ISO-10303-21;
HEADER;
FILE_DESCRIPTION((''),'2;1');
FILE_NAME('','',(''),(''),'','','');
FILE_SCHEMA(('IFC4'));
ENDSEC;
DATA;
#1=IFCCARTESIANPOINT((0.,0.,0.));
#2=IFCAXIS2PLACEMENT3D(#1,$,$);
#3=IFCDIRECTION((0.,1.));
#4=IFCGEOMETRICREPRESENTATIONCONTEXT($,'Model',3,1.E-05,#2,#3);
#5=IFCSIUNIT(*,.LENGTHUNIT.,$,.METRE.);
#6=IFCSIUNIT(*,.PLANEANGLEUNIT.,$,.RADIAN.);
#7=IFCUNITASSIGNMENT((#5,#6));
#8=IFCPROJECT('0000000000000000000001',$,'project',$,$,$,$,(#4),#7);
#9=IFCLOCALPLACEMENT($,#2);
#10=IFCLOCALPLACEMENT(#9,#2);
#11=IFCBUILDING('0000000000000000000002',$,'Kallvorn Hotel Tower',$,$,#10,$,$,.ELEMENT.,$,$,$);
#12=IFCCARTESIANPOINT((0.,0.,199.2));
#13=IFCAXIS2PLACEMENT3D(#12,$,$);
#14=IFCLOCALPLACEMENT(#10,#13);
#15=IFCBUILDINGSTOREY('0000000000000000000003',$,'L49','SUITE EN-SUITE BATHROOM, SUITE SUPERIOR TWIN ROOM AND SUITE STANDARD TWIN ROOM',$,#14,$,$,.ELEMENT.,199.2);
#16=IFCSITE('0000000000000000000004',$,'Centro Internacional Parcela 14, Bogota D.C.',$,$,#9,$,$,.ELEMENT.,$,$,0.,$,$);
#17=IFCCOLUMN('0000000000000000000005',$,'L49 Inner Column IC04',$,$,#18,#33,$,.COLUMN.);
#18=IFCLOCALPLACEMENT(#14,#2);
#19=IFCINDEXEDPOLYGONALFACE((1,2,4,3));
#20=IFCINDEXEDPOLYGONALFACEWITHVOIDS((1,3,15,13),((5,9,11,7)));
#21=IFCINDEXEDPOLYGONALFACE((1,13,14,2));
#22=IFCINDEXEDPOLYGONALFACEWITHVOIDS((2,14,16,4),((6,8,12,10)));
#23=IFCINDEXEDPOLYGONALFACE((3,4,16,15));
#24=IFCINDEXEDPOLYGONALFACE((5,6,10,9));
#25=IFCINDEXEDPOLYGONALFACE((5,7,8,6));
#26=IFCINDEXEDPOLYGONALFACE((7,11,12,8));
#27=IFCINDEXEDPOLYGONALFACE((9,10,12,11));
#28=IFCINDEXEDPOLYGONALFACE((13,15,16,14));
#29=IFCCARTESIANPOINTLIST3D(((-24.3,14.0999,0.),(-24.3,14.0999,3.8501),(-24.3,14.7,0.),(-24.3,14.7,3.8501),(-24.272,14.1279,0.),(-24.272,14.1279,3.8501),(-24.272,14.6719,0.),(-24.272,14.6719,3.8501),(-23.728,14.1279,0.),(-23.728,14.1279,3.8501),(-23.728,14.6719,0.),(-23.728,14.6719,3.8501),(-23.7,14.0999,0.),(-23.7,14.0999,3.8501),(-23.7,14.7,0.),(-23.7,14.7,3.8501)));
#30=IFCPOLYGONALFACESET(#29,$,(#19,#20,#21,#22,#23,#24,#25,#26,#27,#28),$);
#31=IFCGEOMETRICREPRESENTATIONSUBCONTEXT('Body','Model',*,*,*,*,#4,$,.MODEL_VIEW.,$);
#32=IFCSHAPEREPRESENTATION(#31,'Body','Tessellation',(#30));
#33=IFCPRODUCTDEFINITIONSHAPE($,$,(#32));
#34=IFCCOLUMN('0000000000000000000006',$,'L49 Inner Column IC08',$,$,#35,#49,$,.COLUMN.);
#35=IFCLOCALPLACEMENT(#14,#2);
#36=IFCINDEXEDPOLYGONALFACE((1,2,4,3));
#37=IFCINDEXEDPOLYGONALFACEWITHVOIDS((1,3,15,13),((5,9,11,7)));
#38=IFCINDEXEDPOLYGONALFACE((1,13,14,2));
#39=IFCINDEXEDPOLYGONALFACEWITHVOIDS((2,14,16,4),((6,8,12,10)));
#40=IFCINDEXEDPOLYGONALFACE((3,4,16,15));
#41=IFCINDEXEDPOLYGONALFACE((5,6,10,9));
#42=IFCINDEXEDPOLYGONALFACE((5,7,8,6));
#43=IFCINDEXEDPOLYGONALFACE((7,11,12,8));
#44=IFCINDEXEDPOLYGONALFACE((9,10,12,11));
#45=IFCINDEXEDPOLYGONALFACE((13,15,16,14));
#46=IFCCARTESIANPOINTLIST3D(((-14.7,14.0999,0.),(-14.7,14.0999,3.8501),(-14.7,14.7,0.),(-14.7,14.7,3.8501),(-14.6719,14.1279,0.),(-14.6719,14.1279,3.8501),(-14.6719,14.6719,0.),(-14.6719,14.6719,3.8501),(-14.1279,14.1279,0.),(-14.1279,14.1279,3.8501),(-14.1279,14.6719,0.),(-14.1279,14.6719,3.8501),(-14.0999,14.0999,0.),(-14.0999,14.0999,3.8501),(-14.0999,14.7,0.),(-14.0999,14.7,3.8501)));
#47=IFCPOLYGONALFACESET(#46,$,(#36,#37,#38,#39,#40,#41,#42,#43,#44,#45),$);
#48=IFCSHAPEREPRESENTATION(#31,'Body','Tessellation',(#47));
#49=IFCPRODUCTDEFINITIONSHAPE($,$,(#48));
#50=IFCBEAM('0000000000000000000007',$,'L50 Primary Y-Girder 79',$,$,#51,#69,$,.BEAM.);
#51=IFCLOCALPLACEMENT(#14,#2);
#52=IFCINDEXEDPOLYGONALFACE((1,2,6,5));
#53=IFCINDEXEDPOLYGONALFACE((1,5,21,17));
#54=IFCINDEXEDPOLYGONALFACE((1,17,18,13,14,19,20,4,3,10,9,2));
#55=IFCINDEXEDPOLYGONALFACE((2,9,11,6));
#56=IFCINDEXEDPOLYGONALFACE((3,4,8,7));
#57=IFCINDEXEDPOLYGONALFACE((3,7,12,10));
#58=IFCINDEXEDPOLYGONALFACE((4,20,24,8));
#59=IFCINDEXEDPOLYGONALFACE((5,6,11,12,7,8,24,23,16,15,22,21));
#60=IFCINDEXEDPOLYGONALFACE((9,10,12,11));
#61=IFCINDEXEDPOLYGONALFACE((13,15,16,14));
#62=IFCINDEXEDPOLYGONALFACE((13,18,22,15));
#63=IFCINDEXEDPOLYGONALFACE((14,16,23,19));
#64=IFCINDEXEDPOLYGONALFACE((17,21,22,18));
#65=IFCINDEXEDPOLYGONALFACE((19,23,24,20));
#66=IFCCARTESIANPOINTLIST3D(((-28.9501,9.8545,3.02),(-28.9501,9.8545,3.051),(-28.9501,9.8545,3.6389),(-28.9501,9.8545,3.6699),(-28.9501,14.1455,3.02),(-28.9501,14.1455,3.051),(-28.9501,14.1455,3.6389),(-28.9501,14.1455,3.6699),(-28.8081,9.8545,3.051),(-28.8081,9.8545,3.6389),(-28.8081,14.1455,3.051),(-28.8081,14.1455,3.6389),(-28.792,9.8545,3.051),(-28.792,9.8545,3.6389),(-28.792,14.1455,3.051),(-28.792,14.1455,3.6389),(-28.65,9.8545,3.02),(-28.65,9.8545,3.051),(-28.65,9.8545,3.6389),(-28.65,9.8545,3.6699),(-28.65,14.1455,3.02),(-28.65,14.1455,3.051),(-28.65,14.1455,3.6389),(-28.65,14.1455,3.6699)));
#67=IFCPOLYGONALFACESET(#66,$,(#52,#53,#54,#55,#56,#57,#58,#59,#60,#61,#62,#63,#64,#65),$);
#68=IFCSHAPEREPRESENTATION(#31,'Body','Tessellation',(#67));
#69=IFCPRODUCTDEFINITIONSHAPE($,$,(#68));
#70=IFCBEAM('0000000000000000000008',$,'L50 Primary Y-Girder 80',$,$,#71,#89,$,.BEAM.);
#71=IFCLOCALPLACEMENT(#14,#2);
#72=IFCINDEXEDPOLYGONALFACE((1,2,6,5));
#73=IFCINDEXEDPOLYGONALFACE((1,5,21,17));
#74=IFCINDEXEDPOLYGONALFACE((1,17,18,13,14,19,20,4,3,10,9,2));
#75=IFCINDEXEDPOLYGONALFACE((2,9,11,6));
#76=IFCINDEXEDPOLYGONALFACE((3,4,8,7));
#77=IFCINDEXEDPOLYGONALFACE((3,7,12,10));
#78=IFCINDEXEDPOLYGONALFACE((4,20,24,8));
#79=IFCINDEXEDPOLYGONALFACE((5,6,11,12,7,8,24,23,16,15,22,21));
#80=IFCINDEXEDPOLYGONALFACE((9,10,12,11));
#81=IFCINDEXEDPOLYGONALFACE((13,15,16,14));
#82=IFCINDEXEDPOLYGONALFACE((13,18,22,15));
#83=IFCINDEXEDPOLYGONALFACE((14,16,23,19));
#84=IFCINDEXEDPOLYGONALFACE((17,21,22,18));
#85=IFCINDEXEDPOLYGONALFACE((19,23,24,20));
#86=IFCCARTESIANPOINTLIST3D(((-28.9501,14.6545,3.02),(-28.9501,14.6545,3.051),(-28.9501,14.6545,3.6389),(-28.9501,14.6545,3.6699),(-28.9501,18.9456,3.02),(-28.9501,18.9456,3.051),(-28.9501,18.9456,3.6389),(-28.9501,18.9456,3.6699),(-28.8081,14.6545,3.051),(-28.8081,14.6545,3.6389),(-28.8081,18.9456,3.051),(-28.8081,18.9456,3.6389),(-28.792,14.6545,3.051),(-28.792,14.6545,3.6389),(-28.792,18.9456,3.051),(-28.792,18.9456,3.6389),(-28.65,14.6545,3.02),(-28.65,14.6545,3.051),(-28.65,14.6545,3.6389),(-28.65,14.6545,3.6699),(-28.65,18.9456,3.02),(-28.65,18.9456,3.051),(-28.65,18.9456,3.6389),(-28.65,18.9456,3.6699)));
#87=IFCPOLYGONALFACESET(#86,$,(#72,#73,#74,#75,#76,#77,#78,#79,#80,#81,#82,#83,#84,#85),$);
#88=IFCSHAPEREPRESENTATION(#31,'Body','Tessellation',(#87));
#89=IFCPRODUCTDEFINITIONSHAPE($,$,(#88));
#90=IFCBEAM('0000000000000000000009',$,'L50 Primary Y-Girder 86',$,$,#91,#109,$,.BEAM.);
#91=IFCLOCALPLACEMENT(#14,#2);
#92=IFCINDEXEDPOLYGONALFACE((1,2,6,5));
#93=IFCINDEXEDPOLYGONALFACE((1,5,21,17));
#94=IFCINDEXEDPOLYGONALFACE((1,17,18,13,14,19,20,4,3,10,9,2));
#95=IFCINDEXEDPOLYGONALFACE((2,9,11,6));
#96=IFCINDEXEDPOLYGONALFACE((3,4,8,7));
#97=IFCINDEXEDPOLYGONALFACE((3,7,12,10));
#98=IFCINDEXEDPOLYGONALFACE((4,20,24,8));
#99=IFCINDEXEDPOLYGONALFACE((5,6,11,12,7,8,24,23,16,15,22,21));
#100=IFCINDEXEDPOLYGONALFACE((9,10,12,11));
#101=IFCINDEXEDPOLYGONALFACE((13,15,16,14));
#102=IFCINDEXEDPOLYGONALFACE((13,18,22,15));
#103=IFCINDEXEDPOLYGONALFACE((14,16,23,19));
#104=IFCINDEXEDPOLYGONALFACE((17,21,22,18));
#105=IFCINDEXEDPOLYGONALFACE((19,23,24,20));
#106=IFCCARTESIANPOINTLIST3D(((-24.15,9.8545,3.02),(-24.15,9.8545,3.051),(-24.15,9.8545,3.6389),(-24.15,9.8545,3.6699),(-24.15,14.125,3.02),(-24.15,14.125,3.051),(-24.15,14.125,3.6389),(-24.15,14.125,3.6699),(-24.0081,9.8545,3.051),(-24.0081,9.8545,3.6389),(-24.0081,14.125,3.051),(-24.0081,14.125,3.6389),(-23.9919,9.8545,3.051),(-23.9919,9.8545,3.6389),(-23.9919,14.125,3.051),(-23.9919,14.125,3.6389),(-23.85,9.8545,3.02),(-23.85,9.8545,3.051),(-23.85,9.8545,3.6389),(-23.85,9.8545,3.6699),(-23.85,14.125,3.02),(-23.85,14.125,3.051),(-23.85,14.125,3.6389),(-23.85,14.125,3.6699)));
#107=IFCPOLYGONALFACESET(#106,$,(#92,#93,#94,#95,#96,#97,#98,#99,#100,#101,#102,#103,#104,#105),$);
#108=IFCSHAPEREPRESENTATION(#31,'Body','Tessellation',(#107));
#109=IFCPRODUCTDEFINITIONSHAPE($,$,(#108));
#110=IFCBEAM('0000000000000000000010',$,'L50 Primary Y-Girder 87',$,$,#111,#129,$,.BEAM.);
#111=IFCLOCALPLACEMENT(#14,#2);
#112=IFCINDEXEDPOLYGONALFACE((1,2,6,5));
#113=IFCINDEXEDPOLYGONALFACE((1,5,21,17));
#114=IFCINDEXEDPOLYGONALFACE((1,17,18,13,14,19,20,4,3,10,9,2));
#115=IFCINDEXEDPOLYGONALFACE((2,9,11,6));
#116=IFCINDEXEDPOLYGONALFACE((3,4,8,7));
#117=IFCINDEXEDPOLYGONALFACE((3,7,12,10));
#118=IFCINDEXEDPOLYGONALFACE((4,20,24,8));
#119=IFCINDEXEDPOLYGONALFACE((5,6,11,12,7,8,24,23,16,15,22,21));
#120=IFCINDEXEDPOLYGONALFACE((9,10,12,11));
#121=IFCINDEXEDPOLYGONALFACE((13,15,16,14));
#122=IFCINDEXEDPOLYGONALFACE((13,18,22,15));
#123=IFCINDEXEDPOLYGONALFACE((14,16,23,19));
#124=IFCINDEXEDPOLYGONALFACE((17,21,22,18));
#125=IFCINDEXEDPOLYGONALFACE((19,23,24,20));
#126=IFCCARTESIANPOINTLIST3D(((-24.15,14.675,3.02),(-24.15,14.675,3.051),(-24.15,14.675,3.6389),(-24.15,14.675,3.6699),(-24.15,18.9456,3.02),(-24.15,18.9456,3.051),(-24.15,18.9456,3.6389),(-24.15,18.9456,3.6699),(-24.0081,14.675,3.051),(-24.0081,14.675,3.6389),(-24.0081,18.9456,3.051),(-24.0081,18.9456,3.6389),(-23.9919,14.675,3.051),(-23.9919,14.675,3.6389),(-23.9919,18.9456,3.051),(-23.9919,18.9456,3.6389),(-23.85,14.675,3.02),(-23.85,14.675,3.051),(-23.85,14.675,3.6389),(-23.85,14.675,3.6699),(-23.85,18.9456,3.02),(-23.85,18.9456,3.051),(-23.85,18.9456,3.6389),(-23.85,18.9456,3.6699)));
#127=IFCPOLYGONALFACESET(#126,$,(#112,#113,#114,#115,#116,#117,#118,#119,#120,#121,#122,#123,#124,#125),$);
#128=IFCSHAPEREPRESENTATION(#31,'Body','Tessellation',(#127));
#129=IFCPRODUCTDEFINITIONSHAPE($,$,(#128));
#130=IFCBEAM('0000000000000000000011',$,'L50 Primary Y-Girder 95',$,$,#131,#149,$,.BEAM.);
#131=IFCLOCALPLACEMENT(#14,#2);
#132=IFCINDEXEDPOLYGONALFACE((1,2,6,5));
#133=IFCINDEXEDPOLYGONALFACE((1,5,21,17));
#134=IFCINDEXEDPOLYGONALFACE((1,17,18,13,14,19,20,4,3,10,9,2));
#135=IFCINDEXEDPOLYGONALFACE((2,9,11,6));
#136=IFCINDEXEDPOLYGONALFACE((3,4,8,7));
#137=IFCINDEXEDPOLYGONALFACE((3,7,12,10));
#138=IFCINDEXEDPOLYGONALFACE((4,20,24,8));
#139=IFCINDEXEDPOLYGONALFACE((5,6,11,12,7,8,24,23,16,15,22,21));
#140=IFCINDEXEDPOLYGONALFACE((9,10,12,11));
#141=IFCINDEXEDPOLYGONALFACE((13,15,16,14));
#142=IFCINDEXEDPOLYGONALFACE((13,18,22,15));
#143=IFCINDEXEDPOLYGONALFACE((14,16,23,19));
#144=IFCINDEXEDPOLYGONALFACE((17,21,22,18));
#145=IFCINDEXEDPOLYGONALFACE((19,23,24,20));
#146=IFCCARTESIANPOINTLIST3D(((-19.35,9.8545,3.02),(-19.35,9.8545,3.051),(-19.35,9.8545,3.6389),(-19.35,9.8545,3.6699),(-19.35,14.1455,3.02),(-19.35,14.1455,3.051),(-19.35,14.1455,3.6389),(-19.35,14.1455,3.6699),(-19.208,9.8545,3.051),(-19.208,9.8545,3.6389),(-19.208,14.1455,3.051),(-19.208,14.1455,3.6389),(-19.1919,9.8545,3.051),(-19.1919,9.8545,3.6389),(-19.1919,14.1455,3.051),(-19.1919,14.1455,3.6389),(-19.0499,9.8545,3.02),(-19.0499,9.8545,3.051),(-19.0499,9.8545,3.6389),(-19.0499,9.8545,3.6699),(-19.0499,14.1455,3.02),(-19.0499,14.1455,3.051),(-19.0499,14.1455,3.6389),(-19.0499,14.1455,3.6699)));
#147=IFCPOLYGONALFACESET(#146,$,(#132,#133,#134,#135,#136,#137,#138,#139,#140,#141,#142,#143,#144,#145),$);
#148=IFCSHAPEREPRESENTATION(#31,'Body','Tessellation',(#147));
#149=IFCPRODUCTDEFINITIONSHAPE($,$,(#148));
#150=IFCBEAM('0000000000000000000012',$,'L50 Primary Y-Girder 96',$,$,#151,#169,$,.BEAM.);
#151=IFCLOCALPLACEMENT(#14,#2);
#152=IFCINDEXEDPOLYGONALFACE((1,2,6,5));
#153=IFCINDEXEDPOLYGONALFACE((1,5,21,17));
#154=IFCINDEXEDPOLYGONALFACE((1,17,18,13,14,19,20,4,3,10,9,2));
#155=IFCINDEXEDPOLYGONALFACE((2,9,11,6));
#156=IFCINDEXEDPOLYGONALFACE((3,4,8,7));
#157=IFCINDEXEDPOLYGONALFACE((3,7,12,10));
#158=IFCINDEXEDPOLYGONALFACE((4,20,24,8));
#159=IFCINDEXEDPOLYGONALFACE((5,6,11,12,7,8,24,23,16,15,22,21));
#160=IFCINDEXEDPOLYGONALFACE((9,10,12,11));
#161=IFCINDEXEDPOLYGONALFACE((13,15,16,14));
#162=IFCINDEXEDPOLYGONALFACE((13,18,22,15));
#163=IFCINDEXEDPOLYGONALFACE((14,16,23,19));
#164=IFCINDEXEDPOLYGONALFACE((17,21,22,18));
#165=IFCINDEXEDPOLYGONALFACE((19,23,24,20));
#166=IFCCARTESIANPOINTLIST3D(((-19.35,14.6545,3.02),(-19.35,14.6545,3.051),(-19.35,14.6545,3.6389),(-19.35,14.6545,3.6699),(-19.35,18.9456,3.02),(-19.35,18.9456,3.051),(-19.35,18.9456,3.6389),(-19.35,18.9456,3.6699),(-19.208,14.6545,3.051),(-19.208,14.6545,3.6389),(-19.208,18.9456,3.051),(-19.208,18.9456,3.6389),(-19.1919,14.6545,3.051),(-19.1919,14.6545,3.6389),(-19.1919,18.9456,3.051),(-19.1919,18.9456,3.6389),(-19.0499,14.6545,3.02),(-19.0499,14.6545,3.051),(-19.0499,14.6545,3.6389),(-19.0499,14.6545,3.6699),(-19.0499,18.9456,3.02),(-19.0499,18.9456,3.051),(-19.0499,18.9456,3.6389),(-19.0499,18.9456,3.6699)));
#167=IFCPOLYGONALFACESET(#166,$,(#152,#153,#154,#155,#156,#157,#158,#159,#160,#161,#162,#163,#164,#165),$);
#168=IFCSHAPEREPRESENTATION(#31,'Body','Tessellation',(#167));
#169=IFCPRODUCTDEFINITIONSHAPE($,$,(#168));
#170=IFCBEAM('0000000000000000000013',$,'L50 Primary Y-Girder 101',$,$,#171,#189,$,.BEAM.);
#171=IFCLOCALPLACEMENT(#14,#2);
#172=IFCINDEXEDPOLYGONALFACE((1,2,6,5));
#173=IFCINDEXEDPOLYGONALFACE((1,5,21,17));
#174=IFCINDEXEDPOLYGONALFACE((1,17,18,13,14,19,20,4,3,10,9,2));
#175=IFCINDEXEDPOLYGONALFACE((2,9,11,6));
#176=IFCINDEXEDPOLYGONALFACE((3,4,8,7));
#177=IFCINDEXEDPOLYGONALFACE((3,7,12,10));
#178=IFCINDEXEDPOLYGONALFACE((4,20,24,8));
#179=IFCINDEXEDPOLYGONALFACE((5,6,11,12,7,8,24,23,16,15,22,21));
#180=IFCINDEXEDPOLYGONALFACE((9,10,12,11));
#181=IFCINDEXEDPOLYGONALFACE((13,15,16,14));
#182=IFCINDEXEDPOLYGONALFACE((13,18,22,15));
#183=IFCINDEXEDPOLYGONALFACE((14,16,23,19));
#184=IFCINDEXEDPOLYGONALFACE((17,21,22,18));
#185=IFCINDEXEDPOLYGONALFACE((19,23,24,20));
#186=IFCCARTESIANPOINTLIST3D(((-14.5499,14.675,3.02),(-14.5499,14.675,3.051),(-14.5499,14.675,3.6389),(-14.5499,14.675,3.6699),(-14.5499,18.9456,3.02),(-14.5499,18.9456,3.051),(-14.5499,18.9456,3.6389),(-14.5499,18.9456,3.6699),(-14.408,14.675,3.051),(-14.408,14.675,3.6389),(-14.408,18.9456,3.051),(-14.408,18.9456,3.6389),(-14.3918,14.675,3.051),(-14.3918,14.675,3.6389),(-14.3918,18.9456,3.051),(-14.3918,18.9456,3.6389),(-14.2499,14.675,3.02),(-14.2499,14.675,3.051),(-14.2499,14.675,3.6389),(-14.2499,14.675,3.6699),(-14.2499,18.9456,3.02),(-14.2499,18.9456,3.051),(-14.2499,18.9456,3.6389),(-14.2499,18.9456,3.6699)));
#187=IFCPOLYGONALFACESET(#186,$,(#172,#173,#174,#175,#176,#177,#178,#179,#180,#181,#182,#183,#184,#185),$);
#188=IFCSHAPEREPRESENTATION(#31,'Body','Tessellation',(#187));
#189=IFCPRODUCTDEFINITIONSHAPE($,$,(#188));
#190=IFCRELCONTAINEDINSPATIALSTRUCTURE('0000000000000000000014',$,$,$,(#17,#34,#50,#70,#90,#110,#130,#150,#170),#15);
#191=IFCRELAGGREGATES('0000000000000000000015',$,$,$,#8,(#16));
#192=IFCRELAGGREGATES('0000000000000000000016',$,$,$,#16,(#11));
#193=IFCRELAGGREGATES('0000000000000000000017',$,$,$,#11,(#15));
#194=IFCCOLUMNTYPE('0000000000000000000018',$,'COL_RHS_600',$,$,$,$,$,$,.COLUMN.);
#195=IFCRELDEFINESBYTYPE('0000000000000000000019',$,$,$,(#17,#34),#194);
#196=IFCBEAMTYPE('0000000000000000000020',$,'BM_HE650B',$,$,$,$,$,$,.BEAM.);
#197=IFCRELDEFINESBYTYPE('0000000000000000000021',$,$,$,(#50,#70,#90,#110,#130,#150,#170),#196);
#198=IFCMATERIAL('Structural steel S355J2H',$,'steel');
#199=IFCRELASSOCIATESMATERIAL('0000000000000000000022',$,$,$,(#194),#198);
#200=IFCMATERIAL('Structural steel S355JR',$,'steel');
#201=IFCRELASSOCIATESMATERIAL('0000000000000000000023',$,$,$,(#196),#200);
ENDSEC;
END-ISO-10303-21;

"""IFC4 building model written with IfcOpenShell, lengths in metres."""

from ifc_helpers import new_model, si_unit, direction, frame, origin, origin_2d, place, context, subcontext, project, spatial, hollow_rectangle, i_section, extrude, material, material_profile, profile_set, type_object, element, save


model = new_model("IFC4")

# Units and contexts
model_context = context("Model", 3, precision=1e-05, world=origin(), true_north=direction((0.0, 1.0)))
body_context = subcontext(model_context, "Body", "Model", "MODEL_VIEW")
ifc_project = project(units=[si_unit("LENGTHUNIT", "METRE"), si_unit("PLANEANGLEUNIT", "RADIAN")], contexts=[model_context])

# Site, building, storey
site_placement = place(None, origin())
site = spatial("IfcSite", under=ifc_project, at=site_placement, Name="Centro Internacional Parcela 14, Bogota D.C.", CompositionType="ELEMENT", RefElevation=0.0)
building_placement = place(site_placement, origin())
building = spatial("IfcBuilding", under=site, at=building_placement, Name="Kallvorn Hotel Tower", CompositionType="ELEMENT")
storey_placement = place(building_placement, frame((0.0, 0.0, 199.2)))
storey = spatial("IfcBuildingStorey", under=building, at=storey_placement, Name="L49", Description="SUITE EN-SUITE BATHROOM, SUITE SUPERIOR TWIN ROOM AND SUITE STANDARD TWIN ROOM", CompositionType="ELEMENT", Elevation=199.2)

# Columns
ifc_material_1 = material(Name="Structural steel S355J2H", Category="steel")
ifc_material_profile_1 = material_profile(ifc_material_1, hollow_rectangle(XDim=0.6001, YDim=0.6001, WallThickness=0.0281, at=origin_2d()), Name="RHS 600x600x28")
ifc_profile_set_1 = profile_set([ifc_material_profile_1], Name="Structural steel S355J2H")
column_type_1 = type_object("IfcColumnType", Name="COL_RHS_600", PredefinedType="COLUMN", material=ifc_profile_set_1)
for number, where, z_axis, x_axis, name in (
    (1, (-24.0, 14.3999, 0.0), (0.0, 0.0, 1.0), (1.0, 0.0, 0.0), "L49 Inner Column IC04"),
    (2, (-14.3999, 14.3999, 0.0), (0.0, 0.0, 1.0), (1.0, 0.0, 0.0), "L49 Inner Column IC08"),
):
    element("IfcColumn", number, at=place(storey_placement, frame(where, z_axis=z_axis, x_axis=x_axis)), inside=storey, type_object=column_type_1, Name=name, PredefinedType="COLUMN", context=body_context, shape_type="SweptSolid", body=[
        extrude(hollow_rectangle(XDim=0.6001, YDim=0.6001, WallThickness=0.0281, at=origin_2d()), origin(), (0.0, 0.0, 1.0), 3.8501),
    ])

# Beams
ifc_material_2 = material(Name="Structural steel S355JR", Category="steel")
ifc_material_profile_2 = material_profile(ifc_material_2, i_section(OverallWidth=0.3, OverallDepth=0.6499, WebThickness=0.0161, FlangeThickness=0.031, at=origin_2d()), Name="HE 650 B")
ifc_profile_set_2 = profile_set([ifc_material_profile_2], Name="Structural steel S355JR")
beam_type_1 = type_object("IfcBeamType", Name="BM_HE650B", PredefinedType="BEAM", material=ifc_profile_set_2)
for number, where, z_axis, x_axis, name in (
    (3, (-28.8, 9.8545, 3.345), (0.0, 1.0, 0.0), (-1.0, 0.0, 0.0), "L50 Primary Y-Girder 79"),
    (4, (-28.8, 14.6545, 3.345), (0.0, 1.0, 0.0), (-1.0, 0.0, 0.0), "L50 Primary Y-Girder 80"),
):
    element("IfcBeam", number, at=place(storey_placement, frame(where, z_axis=z_axis, x_axis=x_axis)), inside=storey, type_object=beam_type_1, Name=name, PredefinedType="BEAM", context=body_context, shape_type="SweptSolid", body=[
        extrude(i_section(OverallWidth=0.3, OverallDepth=0.6499, WebThickness=0.0161, FlangeThickness=0.031, at=origin_2d()), origin(), (0.0, 0.0, 1.0), 4.291),
    ])
for number, where, z_axis, x_axis, name in (
    (5, (-24.0, 9.8545, 3.345), (0.0, 1.0, 0.0), (-1.0, 0.0, 0.0), "L50 Primary Y-Girder 86"),
    (6, (-24.0, 14.675, 3.345), (0.0, 1.0, 0.0), (-1.0, 0.0, 0.0), "L50 Primary Y-Girder 87"),
):
    element("IfcBeam", number, at=place(storey_placement, frame(where, z_axis=z_axis, x_axis=x_axis)), inside=storey, type_object=beam_type_1, Name=name, PredefinedType="BEAM", context=body_context, shape_type="SweptSolid", body=[
        extrude(i_section(OverallWidth=0.3, OverallDepth=0.6499, WebThickness=0.0161, FlangeThickness=0.031, at=origin_2d()), origin(), (0.0, 0.0, 1.0), 4.2705),
    ])
for number, where, z_axis, x_axis, name in (
    (7, (-19.2, 9.8545, 3.345), (0.0, 1.0, 0.0), (-1.0, 0.0, 0.0), "L50 Primary Y-Girder 95"),
    (8, (-19.2, 14.6545, 3.345), (0.0, 1.0, 0.0), (-1.0, 0.0, 0.0), "L50 Primary Y-Girder 96"),
):
    element("IfcBeam", number, at=place(storey_placement, frame(where, z_axis=z_axis, x_axis=x_axis)), inside=storey, type_object=beam_type_1, Name=name, PredefinedType="BEAM", context=body_context, shape_type="SweptSolid", body=[
        extrude(i_section(OverallWidth=0.3, OverallDepth=0.6499, WebThickness=0.0161, FlangeThickness=0.031, at=origin_2d()), origin(), (0.0, 0.0, 1.0), 4.291),
    ])
beam_placement = place(storey_placement, frame((-14.3999, 14.675, 3.345), z_axis=(0.0, 1.0, 0.0), x_axis=(-1.0, 0.0, 0.0)))
element("IfcBeam", 9, at=beam_placement, inside=storey, type_object=beam_type_1, Name="L50 Primary Y-Girder 101", PredefinedType="BEAM", context=body_context, shape_type="SweptSolid", body=[
    extrude(i_section(OverallWidth=0.3, OverallDepth=0.6499, WebThickness=0.0161, FlangeThickness=0.031, at=origin_2d()), origin(), (0.0, 0.0, 1.0), 4.2705),
])

save(model, "model.ifc")
